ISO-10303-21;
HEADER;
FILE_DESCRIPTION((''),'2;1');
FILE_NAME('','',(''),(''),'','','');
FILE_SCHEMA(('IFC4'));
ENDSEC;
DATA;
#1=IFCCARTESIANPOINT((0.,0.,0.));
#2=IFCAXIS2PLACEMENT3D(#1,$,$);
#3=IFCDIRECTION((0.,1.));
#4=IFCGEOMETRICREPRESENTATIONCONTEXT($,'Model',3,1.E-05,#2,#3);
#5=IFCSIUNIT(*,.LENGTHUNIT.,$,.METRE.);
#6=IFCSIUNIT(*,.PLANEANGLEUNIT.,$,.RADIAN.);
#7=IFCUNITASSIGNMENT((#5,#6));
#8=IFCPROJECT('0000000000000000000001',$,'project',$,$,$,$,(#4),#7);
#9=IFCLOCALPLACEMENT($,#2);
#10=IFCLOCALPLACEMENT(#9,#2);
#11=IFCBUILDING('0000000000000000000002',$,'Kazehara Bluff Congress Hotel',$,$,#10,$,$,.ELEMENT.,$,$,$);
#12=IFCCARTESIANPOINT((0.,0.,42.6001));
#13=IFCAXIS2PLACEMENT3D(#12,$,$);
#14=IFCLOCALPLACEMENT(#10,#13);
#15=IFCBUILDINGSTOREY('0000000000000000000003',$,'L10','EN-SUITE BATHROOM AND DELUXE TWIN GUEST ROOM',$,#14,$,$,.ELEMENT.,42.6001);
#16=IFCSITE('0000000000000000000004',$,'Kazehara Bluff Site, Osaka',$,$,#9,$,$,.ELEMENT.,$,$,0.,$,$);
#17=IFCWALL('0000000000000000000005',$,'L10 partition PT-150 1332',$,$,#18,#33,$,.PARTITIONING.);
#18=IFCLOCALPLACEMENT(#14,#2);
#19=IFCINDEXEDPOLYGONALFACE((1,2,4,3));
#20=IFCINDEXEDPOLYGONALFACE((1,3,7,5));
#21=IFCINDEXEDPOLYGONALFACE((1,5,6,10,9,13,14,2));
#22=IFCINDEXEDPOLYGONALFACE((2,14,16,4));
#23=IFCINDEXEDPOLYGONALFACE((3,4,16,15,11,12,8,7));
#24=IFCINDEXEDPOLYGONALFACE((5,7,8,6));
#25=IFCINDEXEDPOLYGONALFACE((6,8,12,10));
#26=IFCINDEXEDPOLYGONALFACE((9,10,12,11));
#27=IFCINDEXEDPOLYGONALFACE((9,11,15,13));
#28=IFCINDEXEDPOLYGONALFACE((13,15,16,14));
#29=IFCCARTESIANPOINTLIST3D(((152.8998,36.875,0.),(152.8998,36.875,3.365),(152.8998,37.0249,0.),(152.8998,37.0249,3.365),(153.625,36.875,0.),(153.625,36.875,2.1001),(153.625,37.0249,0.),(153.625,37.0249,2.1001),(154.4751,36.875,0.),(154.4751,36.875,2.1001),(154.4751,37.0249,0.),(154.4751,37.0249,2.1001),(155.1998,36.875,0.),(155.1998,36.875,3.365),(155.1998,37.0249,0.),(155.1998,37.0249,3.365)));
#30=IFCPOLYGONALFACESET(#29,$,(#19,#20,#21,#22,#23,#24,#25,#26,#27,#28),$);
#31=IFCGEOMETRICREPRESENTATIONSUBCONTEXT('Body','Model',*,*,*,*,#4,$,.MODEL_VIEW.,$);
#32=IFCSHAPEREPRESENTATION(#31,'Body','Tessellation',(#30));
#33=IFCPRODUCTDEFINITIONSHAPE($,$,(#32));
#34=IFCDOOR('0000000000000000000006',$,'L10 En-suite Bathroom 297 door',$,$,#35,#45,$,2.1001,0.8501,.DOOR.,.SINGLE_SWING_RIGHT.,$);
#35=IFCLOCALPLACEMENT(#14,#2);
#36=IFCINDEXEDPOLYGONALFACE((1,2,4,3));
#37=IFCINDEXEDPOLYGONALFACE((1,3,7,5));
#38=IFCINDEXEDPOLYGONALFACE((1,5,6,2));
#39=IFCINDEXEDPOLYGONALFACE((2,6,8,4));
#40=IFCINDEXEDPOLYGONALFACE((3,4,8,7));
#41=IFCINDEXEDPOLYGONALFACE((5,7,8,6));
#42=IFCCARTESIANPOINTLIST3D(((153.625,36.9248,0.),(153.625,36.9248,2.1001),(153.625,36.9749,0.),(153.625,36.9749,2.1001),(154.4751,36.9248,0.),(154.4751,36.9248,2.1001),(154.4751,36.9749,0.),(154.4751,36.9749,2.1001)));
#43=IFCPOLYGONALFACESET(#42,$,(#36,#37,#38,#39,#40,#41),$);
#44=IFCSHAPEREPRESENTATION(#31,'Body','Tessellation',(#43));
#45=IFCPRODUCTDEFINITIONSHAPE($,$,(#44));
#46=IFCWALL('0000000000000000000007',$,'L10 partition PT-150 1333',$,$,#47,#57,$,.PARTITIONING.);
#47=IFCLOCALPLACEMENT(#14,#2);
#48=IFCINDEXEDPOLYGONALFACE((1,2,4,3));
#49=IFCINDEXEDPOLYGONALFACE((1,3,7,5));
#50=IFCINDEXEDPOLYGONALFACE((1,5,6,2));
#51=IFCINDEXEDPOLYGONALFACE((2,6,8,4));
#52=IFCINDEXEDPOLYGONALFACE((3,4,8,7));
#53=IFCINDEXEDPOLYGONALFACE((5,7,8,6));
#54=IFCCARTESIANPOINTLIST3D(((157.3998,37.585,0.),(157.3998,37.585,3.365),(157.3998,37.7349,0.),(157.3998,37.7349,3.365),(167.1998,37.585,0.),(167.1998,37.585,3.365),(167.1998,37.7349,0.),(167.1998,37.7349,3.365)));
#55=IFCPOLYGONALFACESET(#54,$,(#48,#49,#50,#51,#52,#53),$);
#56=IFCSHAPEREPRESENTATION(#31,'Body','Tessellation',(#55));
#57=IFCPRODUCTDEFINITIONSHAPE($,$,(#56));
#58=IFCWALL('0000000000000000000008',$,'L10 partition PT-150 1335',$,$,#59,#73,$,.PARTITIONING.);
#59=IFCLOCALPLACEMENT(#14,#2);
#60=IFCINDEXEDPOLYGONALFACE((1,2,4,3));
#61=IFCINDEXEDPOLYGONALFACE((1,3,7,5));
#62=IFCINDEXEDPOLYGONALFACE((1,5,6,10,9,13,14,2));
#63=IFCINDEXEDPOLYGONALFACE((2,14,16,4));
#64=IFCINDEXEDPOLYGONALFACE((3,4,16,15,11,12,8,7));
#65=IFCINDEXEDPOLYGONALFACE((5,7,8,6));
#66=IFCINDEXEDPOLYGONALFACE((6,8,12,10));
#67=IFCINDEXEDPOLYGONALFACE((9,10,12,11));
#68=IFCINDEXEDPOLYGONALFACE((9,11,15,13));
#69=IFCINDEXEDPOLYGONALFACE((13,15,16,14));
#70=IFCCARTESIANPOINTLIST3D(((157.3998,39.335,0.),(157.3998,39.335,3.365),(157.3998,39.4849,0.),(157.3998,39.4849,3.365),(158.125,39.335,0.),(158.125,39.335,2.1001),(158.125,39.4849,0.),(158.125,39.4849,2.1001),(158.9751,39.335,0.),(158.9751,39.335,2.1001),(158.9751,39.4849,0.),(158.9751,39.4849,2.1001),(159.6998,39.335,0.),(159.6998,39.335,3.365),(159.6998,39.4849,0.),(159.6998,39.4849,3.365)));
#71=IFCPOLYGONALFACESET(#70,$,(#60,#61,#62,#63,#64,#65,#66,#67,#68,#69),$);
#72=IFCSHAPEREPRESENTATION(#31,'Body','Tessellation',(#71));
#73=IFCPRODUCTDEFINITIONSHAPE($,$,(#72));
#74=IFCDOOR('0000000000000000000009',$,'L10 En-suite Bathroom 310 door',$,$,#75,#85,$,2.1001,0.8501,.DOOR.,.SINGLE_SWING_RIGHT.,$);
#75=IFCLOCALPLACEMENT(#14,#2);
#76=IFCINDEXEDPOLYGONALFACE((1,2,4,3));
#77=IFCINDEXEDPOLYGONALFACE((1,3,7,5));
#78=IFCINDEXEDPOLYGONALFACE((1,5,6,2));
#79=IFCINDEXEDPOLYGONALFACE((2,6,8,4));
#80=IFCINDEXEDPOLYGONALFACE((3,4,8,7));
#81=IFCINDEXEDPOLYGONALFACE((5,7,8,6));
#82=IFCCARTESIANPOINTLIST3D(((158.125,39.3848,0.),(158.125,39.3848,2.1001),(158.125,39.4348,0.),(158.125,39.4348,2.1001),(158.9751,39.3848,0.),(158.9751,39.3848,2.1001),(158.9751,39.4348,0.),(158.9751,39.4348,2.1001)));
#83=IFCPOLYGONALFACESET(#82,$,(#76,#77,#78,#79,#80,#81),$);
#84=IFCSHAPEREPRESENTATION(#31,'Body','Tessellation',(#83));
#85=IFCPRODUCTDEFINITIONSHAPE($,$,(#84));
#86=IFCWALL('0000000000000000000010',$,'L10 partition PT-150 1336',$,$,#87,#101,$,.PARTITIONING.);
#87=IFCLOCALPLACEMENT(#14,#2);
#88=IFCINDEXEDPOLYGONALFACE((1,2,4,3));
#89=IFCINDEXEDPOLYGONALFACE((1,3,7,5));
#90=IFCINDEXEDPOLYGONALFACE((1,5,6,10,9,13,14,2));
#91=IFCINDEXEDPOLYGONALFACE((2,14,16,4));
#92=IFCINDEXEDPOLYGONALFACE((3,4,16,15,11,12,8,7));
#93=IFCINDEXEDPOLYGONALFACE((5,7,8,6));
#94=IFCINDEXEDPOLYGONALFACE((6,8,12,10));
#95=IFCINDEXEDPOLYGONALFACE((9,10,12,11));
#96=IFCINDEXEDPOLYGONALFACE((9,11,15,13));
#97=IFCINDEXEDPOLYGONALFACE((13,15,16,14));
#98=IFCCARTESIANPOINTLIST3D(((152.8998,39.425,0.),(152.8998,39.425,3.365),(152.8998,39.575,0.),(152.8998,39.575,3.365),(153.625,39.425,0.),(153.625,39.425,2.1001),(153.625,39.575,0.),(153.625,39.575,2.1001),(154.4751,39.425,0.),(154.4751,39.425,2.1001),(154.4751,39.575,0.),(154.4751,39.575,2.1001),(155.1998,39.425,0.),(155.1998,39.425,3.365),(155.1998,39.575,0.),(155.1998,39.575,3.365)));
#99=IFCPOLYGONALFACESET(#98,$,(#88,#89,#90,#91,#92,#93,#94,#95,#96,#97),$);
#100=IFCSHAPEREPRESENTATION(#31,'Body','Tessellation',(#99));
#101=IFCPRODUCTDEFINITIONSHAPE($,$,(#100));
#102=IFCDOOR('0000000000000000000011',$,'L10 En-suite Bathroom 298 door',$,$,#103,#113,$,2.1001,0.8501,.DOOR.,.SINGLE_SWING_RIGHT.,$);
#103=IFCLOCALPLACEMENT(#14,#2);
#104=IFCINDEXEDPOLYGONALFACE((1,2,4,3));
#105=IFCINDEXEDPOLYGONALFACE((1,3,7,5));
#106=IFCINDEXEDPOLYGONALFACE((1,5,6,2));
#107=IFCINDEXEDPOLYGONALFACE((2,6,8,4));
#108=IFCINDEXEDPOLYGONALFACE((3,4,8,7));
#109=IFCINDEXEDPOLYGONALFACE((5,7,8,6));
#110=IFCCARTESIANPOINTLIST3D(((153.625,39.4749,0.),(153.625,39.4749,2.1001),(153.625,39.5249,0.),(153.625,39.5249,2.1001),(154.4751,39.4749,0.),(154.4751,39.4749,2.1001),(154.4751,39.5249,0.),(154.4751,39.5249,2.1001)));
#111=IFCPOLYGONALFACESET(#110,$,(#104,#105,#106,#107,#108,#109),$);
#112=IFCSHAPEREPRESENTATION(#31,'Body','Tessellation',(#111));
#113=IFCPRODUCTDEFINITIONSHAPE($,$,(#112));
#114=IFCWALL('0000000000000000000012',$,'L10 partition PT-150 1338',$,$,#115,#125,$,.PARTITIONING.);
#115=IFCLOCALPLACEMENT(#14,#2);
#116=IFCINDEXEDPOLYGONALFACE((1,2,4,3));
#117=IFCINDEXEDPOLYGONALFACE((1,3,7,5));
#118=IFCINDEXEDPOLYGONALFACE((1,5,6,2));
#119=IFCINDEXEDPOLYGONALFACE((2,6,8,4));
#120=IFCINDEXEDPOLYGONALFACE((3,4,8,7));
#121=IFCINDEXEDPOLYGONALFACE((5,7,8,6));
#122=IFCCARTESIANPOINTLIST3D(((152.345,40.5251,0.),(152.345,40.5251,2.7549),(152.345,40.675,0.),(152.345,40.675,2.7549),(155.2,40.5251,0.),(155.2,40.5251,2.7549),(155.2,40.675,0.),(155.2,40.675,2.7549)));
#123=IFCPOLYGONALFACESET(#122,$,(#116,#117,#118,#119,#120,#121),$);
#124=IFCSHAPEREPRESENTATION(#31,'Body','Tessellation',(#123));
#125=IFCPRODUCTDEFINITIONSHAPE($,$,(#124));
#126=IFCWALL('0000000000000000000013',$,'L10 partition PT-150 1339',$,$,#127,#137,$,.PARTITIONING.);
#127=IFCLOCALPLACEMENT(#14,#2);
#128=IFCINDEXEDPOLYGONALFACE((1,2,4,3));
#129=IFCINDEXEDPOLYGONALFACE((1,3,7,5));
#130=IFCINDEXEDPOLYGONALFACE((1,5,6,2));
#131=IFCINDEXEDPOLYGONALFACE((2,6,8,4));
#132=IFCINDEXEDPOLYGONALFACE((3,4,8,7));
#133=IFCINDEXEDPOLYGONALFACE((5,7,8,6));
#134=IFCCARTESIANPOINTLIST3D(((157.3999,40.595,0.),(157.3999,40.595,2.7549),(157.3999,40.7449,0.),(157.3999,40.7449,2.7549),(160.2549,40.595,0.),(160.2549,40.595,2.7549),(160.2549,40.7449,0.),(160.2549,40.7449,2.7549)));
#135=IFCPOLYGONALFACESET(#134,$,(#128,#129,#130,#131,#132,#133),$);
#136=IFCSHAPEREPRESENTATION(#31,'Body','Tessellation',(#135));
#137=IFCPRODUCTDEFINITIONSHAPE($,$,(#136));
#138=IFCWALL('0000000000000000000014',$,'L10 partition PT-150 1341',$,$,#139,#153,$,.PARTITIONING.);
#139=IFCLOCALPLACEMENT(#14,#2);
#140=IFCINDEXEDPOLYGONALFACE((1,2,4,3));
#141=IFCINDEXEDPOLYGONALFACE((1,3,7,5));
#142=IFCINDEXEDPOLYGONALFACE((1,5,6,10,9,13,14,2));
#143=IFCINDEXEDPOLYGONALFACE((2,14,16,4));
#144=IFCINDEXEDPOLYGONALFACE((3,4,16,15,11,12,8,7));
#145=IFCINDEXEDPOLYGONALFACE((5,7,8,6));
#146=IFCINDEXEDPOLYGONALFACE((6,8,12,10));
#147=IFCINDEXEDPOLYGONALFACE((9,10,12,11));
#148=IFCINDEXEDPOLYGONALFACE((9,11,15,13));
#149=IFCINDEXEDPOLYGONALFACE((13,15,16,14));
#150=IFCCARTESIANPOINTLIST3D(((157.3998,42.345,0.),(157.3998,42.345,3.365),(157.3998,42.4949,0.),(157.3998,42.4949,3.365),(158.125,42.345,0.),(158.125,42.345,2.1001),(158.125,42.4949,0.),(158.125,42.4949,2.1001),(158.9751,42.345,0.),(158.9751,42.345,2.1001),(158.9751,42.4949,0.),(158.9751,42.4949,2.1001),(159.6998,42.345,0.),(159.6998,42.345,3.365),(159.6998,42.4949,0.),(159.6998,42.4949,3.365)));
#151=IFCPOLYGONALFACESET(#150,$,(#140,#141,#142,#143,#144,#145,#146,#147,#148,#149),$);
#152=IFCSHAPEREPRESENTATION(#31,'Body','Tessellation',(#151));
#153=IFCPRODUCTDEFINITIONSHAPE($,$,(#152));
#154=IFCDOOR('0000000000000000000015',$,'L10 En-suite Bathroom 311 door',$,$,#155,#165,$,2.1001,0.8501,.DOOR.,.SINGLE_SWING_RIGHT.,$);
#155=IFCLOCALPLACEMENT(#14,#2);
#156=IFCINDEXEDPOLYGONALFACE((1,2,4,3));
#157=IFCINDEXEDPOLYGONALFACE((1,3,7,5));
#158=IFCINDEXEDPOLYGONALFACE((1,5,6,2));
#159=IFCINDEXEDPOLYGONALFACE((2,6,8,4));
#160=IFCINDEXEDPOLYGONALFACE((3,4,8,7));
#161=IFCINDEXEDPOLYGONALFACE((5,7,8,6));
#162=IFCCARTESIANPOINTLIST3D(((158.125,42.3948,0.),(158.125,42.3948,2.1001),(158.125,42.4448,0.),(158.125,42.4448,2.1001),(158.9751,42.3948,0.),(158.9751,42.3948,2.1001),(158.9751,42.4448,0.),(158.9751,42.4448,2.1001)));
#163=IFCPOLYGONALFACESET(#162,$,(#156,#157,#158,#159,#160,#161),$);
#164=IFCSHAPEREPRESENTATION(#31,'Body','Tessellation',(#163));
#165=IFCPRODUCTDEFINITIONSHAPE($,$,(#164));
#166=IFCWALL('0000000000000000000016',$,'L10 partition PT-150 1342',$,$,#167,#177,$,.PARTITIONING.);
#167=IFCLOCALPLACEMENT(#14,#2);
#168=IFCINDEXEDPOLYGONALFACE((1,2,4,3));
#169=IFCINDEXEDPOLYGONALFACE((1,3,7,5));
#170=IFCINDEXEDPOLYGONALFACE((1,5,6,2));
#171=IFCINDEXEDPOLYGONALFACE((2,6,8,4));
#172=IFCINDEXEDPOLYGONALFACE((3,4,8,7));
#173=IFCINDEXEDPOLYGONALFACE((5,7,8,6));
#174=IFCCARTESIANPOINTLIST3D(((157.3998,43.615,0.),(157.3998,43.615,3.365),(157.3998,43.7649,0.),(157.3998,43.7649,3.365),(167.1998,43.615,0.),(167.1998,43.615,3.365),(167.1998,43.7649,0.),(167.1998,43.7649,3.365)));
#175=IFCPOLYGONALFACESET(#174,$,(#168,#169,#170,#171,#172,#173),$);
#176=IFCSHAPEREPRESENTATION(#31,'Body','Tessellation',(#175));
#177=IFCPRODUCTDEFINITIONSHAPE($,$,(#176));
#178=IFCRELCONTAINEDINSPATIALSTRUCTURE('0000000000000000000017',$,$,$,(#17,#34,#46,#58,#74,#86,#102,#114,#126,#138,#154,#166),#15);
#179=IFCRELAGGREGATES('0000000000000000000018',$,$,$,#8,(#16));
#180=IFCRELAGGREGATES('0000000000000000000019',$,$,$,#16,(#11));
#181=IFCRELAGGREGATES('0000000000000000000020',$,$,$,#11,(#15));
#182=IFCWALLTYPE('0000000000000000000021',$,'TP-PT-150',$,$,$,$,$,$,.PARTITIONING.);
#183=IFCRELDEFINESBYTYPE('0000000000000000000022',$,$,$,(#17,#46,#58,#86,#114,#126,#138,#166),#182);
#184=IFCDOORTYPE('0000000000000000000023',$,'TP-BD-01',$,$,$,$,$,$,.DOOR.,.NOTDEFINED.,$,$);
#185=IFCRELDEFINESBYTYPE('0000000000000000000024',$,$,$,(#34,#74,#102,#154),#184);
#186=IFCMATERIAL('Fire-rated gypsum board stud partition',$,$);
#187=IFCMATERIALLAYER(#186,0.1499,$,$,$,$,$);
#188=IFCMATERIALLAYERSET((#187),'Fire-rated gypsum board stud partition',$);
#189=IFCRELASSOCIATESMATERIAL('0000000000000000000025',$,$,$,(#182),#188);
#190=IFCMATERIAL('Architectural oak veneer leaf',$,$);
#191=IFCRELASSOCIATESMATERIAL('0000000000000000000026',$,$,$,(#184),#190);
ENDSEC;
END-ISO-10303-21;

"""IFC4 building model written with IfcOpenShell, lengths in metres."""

from ifc_helpers import new_model, si_unit, direction, frame, frame_2d, origin, place, context, subcontext, project, spatial, rectangle, extrude, material, layer, layer_set, type_object, element, fill, save


model = new_model("IFC4")

# Units and contexts
model_context = context("Model", 3, precision=1e-05, world=origin(), true_north=direction((0.0, 1.0)))
body_context = subcontext(model_context, "Body", "Model", "MODEL_VIEW")
ifc_project = project(units=[si_unit("LENGTHUNIT", "METRE"), si_unit("PLANEANGLEUNIT", "RADIAN")], contexts=[model_context])

# Site, building, storey
site_placement = place(None, origin())
site = spatial("IfcSite", under=ifc_project, at=site_placement, Name="Kazehara Bluff Site, Osaka", CompositionType="ELEMENT", RefElevation=0.0)
building_placement = place(site_placement, origin())
building = spatial("IfcBuilding", under=site, at=building_placement, Name="Kazehara Bluff Congress Hotel", CompositionType="ELEMENT")
storey_placement = place(building_placement, frame((0.0, 0.0, 42.6001)))
storey = spatial("IfcBuildingStorey", under=building, at=storey_placement, Name="L10", Description="EN-SUITE BATHROOM AND DELUXE TWIN GUEST ROOM", CompositionType="ELEMENT", Elevation=42.6001)

# Wall, opening, door
ifc_material_1 = material(Name="Fire-rated gypsum board stud partition")
ifc_layer_1 = layer(ifc_material_1, 0.1499)
ifc_layer_set_1 = layer_set([ifc_layer_1], Name="Fire-rated gypsum board stud partition")
wall_type_1 = type_object("IfcWallType", Name="TP-PT-150", PredefinedType="PARTITIONING", material=ifc_layer_set_1)
wall_1_placement = place(storey_placement, frame((152.8999, 36.95, 0.0), z_axis=(0.0, 0.0, 1.0), x_axis=(1.0, 0.0, 0.0)))
wall_1 = element("IfcWall", 1, at=wall_1_placement, inside=storey, type_object=wall_type_1, Name="L10 partition PT-150 1332", PredefinedType="PARTITIONING", context=body_context, shape_type="SweptSolid", body=[
    extrude(rectangle(XDim=2.3, YDim=0.1499, at=frame_2d((1.1499, 0.0))), origin(), (0.0, 0.0, 1.0), 3.365),
])
opening_1_placement = place(wall_1_placement, frame((0.7251, 0.0, 0.0)))
opening_1 = element("IfcOpeningElement", 2, at=opening_1_placement, cuts=wall_1, PredefinedType="OPENING", context=body_context, shape_type="SweptSolid", body=[
    extrude(rectangle(XDim=0.8501, YDim=2.1001, at=frame_2d((0.425, 1.05))), frame((0.0, 0.085, 0.0), z_axis=(0.0, -1.0, 0.0), x_axis=(1.0, 0.0, 0.0)), (0.0, 0.0, 1.0), 0.1699),
])
ifc_material_2 = material(Name="Architectural oak veneer leaf")
door_type_1 = type_object("IfcDoorType", Name="TP-BD-01", OperationType="NOTDEFINED", PredefinedType="DOOR", material=ifc_material_2)
door_1_placement = place(opening_1_placement, origin())
door_1 = element("IfcDoor", 3, at=door_1_placement, inside=storey, type_object=door_type_1, Name="L10 En-suite Bathroom 297 door", OperationType="SINGLE_SWING_RIGHT", OverallHeight=2.1001, OverallWidth=0.8501, PredefinedType="DOOR", context=body_context, shape_type="SweptSolid", body=[
    extrude(rectangle(XDim=0.8501, YDim=2.1001, at=frame_2d((0.425, 1.05))), frame((0.0, 0.0249, 0.0), z_axis=(0.0, -1.0, 0.0), x_axis=(1.0, 0.0, 0.0)), (0.0, 0.0, 1.0), 0.05),
])
fill(opening_1, door_1)

# Wall
wall_2_placement = place(storey_placement, frame((157.3999, 37.6599, 0.0), z_axis=(0.0, 0.0, 1.0), x_axis=(1.0, 0.0, 0.0)))
element("IfcWall", 4, at=wall_2_placement, inside=storey, type_object=wall_type_1, Name="L10 partition PT-150 1333", PredefinedType="PARTITIONING", context=body_context, shape_type="SweptSolid", body=[
    extrude(rectangle(XDim=9.8, YDim=0.1499, at=frame_2d((4.8999, 0.0))), origin(), (0.0, 0.0, 1.0), 3.365),
])

# Walls, openings, doors
wall_3_placement = place(storey_placement, frame((157.3999, 39.4099, 0.0), z_axis=(0.0, 0.0, 1.0), x_axis=(1.0, 0.0, 0.0)))
wall_3 = element("IfcWall", 5, at=wall_3_placement, inside=storey, type_object=wall_type_1, Name="L10 partition PT-150 1335", PredefinedType="PARTITIONING", context=body_context, shape_type="SweptSolid", body=[
    extrude(rectangle(XDim=2.3, YDim=0.1499, at=frame_2d((1.1499, 0.0))), origin(), (0.0, 0.0, 1.0), 3.365),
])
opening_2_placement = place(wall_3_placement, frame((0.7251, 0.0, 0.0)))
opening_2 = element("IfcOpeningElement", 6, at=opening_2_placement, cuts=wall_3, PredefinedType="OPENING", context=body_context, shape_type="SweptSolid", body=[
    extrude(rectangle(XDim=0.8501, YDim=2.1001, at=frame_2d((0.425, 1.05))), frame((0.0, 0.085, 0.0), z_axis=(0.0, -1.0, 0.0), x_axis=(1.0, 0.0, 0.0)), (0.0, 0.0, 1.0), 0.1699),
])
door_2_placement = place(opening_2_placement, origin())
door_2 = element("IfcDoor", 7, at=door_2_placement, inside=storey, type_object=door_type_1, Name="L10 En-suite Bathroom 310 door", OperationType="SINGLE_SWING_RIGHT", OverallHeight=2.1001, OverallWidth=0.8501, PredefinedType="DOOR", context=body_context, shape_type="SweptSolid", body=[
    extrude(rectangle(XDim=0.8501, YDim=2.1001, at=frame_2d((0.425, 1.05))), frame((0.0, 0.0249, 0.0), z_axis=(0.0, -1.0, 0.0), x_axis=(1.0, 0.0, 0.0)), (0.0, 0.0, 1.0), 0.05),
])
fill(opening_2, door_2)
wall_4_placement = place(storey_placement, frame((152.8999, 39.5, 0.0), z_axis=(0.0, 0.0, 1.0), x_axis=(1.0, 0.0, 0.0)))
wall_4 = element("IfcWall", 8, at=wall_4_placement, inside=storey, type_object=wall_type_1, Name="L10 partition PT-150 1336", PredefinedType="PARTITIONING", context=body_context, shape_type="SweptSolid", body=[
    extrude(rectangle(XDim=2.3, YDim=0.1499, at=frame_2d((1.1499, 0.0))), origin(), (0.0, 0.0, 1.0), 3.365),
])
opening_3_placement = place(wall_4_placement, frame((0.7251, 0.0, 0.0)))
opening_3 = element("IfcOpeningElement", 9, at=opening_3_placement, cuts=wall_4, PredefinedType="OPENING", context=body_context, shape_type="SweptSolid", body=[
    extrude(rectangle(XDim=0.8501, YDim=2.1001, at=frame_2d((0.425, 1.05))), frame((0.0, 0.085, 0.0), z_axis=(0.0, -1.0, 0.0), x_axis=(1.0, 0.0, 0.0)), (0.0, 0.0, 1.0), 0.1699),
])
door_3_placement = place(opening_3_placement, origin())
door_3 = element("IfcDoor", 10, at=door_3_placement, inside=storey, type_object=door_type_1, Name="L10 En-suite Bathroom 298 door", OperationType="SINGLE_SWING_RIGHT", OverallHeight=2.1001, OverallWidth=0.8501, PredefinedType="DOOR", context=body_context, shape_type="SweptSolid", body=[
    extrude(rectangle(XDim=0.8501, YDim=2.1001, at=frame_2d((0.425, 1.05))), frame((0.0, 0.0249, 0.0), z_axis=(0.0, -1.0, 0.0), x_axis=(1.0, 0.0, 0.0)), (0.0, 0.0, 1.0), 0.05),
])
fill(opening_3, door_3)

# Walls
for number, where, z_axis, x_axis, name in (
    (11, (152.345, 40.6001, 0.0), (0.0, 0.0, 1.0), (1.0, 0.0, 0.0), "L10 partition PT-150 1338"),
    (12, (157.3999, 40.6699, 0.0), (0.0, 0.0, 1.0), (1.0, 0.0, 0.0), "L10 partition PT-150 1339"),
):
    element("IfcWall", number, at=place(storey_placement, frame(where, z_axis=z_axis, x_axis=x_axis)), inside=storey, type_object=wall_type_1, Name=name, PredefinedType="PARTITIONING", context=body_context, shape_type="SweptSolid", body=[
        extrude(rectangle(XDim=2.855, YDim=0.1499, at=frame_2d((1.4275, 0.0))), origin(), (0.0, 0.0, 1.0), 2.7549),
    ])

# Wall, opening, door
wall_5_placement = place(storey_placement, frame((157.3999, 42.4199, 0.0), z_axis=(0.0, 0.0, 1.0), x_axis=(1.0, 0.0, 0.0)))
wall_5 = element("IfcWall", 13, at=wall_5_placement, inside=storey, type_object=wall_type_1, Name="L10 partition PT-150 1341", PredefinedType="PARTITIONING", context=body_context, shape_type="SweptSolid", body=[
    extrude(rectangle(XDim=2.3, YDim=0.1499, at=frame_2d((1.1499, 0.0))), origin(), (0.0, 0.0, 1.0), 3.365),
])
opening_4_placement = place(wall_5_placement, frame((0.7251, 0.0, 0.0)))
opening_4 = element("IfcOpeningElement", 14, at=opening_4_placement, cuts=wall_5, PredefinedType="OPENING", context=body_context, shape_type="SweptSolid", body=[
    extrude(rectangle(XDim=0.8501, YDim=2.1001, at=frame_2d((0.425, 1.05))), frame((0.0, 0.085, 0.0), z_axis=(0.0, -1.0, 0.0), x_axis=(1.0, 0.0, 0.0)), (0.0, 0.0, 1.0), 0.1699),
])
door_4_placement = place(opening_4_placement, origin())
door_4 = element("IfcDoor", 15, at=door_4_placement, inside=storey, type_object=door_type_1, Name="L10 En-suite Bathroom 311 door", OperationType="SINGLE_SWING_RIGHT", OverallHeight=2.1001, OverallWidth=0.8501, PredefinedType="DOOR", context=body_context, shape_type="SweptSolid", body=[
    extrude(rectangle(XDim=0.8501, YDim=2.1001, at=frame_2d((0.425, 1.05))), frame((0.0, 0.0249, 0.0), z_axis=(0.0, -1.0, 0.0), x_axis=(1.0, 0.0, 0.0)), (0.0, 0.0, 1.0), 0.05),
])
fill(opening_4, door_4)

# Wall
wall_6_placement = place(storey_placement, frame((157.3999, 43.6899, 0.0), z_axis=(0.0, 0.0, 1.0), x_axis=(1.0, 0.0, 0.0)))
element("IfcWall", 16, at=wall_6_placement, inside=storey, type_object=wall_type_1, Name="L10 partition PT-150 1342", PredefinedType="PARTITIONING", context=body_context, shape_type="SweptSolid", body=[
    extrude(rectangle(XDim=9.8, YDim=0.1499, at=frame_2d((4.8999, 0.0))), origin(), (0.0, 0.0, 1.0), 3.365),
])

save(model, "model.ifc")
